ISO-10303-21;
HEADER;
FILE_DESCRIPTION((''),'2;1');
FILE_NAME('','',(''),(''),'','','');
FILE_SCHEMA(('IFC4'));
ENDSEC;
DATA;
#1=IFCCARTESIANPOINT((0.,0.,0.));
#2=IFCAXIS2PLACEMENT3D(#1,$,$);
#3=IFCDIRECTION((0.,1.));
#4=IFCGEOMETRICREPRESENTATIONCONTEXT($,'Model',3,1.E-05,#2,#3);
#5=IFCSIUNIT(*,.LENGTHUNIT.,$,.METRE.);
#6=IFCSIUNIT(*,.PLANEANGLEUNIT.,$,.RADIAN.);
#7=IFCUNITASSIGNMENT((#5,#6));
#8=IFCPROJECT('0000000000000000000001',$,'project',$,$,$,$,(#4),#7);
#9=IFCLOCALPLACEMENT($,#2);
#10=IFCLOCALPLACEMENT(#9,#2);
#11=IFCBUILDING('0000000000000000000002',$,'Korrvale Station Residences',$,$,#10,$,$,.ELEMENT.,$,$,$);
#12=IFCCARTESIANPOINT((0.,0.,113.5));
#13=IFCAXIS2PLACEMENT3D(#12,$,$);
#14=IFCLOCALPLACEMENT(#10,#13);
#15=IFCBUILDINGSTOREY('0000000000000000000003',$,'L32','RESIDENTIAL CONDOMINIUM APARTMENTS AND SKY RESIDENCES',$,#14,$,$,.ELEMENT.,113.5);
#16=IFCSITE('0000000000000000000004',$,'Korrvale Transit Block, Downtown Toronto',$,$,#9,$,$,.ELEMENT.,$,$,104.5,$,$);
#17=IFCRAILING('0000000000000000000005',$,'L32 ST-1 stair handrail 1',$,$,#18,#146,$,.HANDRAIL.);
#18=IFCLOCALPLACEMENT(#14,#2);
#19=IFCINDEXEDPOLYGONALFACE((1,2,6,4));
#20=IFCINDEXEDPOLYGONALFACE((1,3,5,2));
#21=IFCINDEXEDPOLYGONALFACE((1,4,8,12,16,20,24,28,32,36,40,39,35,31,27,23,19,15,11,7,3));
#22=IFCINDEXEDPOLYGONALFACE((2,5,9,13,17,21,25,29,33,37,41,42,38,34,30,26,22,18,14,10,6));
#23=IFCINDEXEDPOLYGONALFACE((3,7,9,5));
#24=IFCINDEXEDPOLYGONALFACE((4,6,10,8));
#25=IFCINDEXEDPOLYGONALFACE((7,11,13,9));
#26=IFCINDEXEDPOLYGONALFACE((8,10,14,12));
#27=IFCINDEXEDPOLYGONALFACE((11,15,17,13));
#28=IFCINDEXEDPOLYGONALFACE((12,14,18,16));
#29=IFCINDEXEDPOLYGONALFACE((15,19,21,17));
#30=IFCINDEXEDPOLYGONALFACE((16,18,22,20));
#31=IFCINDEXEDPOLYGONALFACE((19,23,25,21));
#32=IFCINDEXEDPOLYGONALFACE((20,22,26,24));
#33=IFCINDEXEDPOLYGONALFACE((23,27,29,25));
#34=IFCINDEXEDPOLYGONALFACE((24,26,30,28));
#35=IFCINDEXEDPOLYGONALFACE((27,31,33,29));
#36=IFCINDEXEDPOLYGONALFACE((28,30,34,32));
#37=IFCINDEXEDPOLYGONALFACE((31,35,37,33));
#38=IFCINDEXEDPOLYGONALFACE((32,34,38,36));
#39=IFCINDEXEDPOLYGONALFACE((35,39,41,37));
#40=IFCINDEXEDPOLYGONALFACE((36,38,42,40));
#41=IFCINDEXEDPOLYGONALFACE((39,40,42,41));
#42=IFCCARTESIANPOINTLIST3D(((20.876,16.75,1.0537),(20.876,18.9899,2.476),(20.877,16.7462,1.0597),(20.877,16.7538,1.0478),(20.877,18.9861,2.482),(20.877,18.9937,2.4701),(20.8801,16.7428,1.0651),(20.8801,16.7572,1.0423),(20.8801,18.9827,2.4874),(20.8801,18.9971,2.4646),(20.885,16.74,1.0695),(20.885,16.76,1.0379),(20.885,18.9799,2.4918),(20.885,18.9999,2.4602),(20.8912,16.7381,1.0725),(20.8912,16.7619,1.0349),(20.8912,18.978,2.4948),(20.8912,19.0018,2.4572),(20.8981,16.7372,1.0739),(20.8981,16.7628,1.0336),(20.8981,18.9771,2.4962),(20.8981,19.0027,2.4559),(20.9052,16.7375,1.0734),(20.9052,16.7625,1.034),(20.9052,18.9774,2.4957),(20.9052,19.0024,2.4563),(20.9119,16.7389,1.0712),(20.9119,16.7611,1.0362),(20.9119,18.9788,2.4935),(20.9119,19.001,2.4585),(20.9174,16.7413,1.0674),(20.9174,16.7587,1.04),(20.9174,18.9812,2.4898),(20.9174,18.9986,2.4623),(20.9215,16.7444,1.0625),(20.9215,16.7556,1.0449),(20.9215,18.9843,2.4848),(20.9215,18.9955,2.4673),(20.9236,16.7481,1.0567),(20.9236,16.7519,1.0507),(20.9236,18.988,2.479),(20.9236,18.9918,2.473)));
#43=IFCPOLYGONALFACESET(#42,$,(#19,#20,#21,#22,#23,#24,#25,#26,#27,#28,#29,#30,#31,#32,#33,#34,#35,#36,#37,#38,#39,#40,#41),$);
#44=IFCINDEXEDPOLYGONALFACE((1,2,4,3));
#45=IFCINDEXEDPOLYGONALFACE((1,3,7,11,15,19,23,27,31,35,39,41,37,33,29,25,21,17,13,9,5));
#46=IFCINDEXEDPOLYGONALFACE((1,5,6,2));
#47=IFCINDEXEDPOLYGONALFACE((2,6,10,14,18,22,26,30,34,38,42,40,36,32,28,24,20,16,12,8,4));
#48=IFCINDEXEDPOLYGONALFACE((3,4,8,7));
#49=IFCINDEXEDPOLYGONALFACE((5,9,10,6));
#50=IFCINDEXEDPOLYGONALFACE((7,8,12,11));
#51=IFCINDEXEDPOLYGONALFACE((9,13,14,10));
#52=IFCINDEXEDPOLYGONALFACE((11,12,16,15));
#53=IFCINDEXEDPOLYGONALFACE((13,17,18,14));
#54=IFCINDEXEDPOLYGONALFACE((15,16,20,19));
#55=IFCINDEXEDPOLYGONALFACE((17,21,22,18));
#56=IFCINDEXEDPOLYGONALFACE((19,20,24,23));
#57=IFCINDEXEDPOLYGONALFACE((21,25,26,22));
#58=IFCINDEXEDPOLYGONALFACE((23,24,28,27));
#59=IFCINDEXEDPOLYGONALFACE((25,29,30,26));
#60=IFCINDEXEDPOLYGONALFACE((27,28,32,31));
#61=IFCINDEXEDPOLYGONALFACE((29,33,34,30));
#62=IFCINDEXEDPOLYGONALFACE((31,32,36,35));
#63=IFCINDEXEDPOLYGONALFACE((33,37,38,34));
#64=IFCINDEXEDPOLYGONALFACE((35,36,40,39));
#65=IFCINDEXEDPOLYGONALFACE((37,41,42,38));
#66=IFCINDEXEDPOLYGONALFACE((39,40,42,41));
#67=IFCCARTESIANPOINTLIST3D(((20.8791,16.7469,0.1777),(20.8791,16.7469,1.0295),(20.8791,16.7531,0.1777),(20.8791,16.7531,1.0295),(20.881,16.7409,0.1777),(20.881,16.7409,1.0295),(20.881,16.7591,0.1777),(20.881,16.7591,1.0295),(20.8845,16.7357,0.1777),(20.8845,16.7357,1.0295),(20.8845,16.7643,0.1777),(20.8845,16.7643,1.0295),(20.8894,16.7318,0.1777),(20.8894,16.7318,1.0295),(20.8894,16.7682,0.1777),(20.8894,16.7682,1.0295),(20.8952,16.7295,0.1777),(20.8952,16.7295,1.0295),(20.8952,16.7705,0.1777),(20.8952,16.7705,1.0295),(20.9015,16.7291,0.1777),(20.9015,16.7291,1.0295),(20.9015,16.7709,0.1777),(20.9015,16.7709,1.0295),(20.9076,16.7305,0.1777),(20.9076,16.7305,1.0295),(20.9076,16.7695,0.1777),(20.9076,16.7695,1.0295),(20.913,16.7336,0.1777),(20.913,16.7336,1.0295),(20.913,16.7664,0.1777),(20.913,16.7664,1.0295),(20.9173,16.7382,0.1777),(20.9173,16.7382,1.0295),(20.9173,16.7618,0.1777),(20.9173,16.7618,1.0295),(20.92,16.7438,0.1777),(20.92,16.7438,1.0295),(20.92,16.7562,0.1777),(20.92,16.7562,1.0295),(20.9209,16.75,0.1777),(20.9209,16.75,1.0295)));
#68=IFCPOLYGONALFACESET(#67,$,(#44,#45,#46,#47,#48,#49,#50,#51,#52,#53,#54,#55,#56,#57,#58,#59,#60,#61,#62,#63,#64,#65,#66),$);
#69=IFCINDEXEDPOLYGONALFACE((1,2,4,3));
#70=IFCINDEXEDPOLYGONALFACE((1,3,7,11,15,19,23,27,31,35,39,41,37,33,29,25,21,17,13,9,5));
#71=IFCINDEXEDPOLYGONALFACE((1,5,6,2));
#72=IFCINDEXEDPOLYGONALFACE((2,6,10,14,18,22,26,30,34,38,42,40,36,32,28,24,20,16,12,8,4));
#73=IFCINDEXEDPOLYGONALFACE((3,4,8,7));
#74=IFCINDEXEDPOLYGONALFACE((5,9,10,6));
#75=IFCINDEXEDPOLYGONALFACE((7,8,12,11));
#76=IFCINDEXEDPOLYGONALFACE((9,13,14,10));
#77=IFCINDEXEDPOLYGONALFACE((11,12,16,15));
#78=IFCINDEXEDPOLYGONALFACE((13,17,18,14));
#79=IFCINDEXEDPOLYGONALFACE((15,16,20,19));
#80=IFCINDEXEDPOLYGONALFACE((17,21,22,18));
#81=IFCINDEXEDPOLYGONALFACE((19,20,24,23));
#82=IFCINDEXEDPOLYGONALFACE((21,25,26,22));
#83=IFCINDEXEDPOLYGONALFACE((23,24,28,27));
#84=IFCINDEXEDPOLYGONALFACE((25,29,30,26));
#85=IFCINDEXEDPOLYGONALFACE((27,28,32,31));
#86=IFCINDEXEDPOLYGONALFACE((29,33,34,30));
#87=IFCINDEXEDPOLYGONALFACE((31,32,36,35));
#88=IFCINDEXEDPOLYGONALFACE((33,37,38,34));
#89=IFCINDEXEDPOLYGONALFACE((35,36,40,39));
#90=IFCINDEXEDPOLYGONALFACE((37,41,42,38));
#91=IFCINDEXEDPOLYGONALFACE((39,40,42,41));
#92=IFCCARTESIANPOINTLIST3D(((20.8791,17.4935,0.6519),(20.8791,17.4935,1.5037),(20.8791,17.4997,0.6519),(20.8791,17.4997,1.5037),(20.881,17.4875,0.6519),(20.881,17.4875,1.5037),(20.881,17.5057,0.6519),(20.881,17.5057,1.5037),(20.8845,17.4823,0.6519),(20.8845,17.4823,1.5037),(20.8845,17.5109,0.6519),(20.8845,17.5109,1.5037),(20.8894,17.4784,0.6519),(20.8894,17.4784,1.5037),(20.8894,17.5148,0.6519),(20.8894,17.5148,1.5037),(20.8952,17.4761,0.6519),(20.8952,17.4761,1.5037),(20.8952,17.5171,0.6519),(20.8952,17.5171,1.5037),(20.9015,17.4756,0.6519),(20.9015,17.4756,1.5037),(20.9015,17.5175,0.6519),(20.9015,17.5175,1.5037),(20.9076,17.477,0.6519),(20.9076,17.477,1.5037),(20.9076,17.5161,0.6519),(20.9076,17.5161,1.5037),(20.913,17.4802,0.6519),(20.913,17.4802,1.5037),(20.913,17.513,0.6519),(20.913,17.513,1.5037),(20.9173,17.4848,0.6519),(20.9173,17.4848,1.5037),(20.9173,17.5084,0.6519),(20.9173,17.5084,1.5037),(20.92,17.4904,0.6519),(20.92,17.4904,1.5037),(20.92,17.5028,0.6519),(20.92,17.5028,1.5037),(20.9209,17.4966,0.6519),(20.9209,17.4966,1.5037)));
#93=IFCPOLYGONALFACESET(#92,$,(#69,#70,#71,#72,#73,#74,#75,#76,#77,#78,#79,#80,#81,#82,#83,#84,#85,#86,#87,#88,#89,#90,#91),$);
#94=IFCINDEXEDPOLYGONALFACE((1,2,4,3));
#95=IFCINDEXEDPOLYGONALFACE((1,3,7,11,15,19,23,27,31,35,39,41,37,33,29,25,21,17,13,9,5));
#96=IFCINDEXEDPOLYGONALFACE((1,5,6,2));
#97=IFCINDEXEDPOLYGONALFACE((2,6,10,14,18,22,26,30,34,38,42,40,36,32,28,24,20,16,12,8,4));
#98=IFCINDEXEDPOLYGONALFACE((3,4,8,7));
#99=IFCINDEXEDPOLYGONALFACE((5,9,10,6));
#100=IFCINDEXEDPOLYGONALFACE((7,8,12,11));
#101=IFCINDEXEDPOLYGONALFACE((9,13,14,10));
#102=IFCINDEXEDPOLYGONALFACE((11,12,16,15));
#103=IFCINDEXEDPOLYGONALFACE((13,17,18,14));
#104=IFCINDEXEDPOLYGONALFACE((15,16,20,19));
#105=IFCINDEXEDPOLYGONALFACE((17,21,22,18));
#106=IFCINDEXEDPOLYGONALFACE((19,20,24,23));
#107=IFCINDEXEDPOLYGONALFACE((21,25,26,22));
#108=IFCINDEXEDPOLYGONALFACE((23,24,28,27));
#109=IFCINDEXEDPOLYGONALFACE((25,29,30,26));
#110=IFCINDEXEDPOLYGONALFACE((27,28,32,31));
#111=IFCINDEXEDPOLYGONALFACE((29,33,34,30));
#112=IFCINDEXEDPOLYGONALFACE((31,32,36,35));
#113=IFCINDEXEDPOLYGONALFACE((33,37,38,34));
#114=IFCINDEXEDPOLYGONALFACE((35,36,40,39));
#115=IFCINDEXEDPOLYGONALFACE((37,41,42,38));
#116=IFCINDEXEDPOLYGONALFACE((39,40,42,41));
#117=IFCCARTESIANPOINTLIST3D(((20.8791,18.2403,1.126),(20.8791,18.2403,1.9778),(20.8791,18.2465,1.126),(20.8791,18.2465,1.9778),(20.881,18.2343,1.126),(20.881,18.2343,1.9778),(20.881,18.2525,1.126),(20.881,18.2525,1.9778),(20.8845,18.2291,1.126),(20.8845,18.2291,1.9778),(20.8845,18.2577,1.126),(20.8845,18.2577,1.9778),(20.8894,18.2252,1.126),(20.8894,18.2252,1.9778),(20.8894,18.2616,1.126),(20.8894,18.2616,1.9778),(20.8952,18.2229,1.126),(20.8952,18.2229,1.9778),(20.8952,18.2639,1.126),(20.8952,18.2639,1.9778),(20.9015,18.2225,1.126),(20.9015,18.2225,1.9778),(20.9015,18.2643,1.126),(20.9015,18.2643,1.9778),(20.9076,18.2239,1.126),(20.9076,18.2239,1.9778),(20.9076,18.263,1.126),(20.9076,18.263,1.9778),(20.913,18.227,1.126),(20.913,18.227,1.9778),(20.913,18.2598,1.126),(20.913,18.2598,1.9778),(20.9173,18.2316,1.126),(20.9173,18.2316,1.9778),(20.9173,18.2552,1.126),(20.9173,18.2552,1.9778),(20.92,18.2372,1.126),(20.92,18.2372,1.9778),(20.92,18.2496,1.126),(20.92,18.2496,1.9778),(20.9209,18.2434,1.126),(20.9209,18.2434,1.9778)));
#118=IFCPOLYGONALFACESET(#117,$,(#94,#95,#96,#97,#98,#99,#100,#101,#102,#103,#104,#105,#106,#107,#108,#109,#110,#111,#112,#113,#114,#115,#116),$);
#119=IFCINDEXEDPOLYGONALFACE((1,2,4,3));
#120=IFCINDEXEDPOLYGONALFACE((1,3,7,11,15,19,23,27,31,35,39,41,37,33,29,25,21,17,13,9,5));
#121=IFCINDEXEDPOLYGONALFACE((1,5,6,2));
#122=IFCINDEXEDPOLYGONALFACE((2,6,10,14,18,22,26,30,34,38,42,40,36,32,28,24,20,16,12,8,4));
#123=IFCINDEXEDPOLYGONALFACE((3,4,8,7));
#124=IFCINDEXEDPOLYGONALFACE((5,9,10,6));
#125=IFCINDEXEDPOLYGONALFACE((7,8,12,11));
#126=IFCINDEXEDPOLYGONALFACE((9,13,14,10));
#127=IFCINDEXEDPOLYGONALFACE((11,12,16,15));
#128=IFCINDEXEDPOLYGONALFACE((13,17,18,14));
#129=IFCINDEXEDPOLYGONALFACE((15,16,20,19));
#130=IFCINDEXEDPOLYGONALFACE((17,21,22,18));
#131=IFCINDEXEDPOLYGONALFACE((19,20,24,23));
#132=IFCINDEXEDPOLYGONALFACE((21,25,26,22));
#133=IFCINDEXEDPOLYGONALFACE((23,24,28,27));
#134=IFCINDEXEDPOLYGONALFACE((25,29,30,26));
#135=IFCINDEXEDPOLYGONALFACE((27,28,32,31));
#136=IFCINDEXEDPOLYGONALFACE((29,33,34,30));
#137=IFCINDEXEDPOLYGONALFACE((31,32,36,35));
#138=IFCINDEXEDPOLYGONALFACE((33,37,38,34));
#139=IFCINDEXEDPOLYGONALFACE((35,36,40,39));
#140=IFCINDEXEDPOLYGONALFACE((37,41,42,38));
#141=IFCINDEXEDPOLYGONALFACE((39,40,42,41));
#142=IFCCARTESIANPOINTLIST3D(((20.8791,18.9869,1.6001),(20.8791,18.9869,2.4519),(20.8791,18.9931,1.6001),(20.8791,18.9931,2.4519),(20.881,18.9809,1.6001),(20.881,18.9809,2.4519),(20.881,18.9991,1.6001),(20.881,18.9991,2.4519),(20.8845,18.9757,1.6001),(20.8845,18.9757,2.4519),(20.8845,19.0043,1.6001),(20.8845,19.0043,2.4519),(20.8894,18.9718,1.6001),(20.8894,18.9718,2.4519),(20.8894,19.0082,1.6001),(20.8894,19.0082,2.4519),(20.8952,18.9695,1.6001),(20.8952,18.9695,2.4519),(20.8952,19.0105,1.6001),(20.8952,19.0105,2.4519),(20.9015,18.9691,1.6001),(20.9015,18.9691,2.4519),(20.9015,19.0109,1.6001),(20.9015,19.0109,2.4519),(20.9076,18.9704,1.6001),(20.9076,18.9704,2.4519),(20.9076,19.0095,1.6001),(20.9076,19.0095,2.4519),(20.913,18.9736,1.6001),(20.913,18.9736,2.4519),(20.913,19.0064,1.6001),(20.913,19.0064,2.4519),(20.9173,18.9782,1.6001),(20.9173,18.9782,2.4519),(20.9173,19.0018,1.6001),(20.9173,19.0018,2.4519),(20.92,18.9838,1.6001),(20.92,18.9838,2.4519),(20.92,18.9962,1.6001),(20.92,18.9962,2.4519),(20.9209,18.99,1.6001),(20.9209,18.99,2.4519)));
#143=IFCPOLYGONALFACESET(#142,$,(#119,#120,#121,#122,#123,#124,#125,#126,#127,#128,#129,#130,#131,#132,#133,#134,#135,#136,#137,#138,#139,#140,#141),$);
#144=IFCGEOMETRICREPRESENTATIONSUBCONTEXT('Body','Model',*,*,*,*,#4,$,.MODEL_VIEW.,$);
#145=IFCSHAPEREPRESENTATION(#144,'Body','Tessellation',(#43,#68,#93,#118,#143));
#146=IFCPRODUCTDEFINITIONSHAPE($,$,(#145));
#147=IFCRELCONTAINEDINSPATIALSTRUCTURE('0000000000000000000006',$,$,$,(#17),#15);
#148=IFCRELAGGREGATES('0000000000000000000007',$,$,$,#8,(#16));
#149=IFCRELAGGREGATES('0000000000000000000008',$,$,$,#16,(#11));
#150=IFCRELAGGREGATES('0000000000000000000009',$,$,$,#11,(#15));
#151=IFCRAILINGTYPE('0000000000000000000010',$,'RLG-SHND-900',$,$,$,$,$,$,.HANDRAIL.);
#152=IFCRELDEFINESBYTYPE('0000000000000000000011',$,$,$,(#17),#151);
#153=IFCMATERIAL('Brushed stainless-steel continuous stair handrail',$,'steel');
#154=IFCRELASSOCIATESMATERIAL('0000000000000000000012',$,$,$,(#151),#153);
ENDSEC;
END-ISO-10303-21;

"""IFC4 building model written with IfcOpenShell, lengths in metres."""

from ifc_helpers import new_model, si_unit, direction, frame, origin, origin_2d, place, context, subcontext, project, spatial, circle, extrude, material, type_object, element, save


model = new_model("IFC4")

# Units and contexts
model_context = context("Model", 3, precision=1e-05, world=origin(), true_north=direction((0.0, 1.0)))
body_context = subcontext(model_context, "Body", "Model", "MODEL_VIEW")
ifc_project = project(units=[si_unit("LENGTHUNIT", "METRE"), si_unit("PLANEANGLEUNIT", "RADIAN")], contexts=[model_context])

# Site, building, storey
site_placement = place(None, origin())
site = spatial("IfcSite", under=ifc_project, at=site_placement, Name="Korrvale Transit Block, Downtown Toronto", CompositionType="ELEMENT", RefElevation=104.5)
building_placement = place(site_placement, origin())
building = spatial("IfcBuilding", under=site, at=building_placement, Name="Korrvale Station Residences", CompositionType="ELEMENT")
storey_placement = place(building_placement, frame((0.0, 0.0, 113.5)))
storey = spatial("IfcBuildingStorey", under=building, at=storey_placement, Name="L32", Description="RESIDENTIAL CONDOMINIUM APARTMENTS AND SKY RESIDENCES", CompositionType="ELEMENT", Elevation=113.5)

# Railing
ifc_material_1 = material(Name="Brushed stainless-steel continuous stair handrail", Category="steel")
railing_type_1 = type_object("IfcRailingType", Name="RLG-SHND-900", PredefinedType="HANDRAIL", material=ifc_material_1)
railing_1_placement = place(storey_placement, frame((20.8999, 16.75, 0.1777)))
element("IfcRailing", 1, at=railing_1_placement, inside=storey, type_object=railing_type_1, Name="L32 ST-1 stair handrail 1", PredefinedType="HANDRAIL", context=body_context, shape_type="SweptSolid", body=[
    extrude(circle(Radius=0.0239, at=origin_2d()), frame((0.0, 0.0, 0.876), z_axis=(0.0, 0.844188, 0.536048), x_axis=(-1.0, 0.0, 0.0)), (0.0, 0.0, 1.0), 2.6533),
    extrude(circle(Radius=0.021, at=origin_2d()), origin(), (0.0, 0.0, 1.0), 0.8518),
    extrude(circle(Radius=0.021, at=origin_2d()), frame((0.0, 0.7466, 0.4741)), (0.0, 0.0, 1.0), 0.8518),
    extrude(circle(Radius=0.021, at=origin_2d()), frame((0.0, 1.4934, 0.9482)), (0.0, 0.0, 1.0), 0.8518),
    extrude(circle(Radius=0.021, at=origin_2d()), frame((0.0, 2.24, 1.4224)), (0.0, 0.0, 1.0), 0.8518),
])

save(model, "model.ifc")
